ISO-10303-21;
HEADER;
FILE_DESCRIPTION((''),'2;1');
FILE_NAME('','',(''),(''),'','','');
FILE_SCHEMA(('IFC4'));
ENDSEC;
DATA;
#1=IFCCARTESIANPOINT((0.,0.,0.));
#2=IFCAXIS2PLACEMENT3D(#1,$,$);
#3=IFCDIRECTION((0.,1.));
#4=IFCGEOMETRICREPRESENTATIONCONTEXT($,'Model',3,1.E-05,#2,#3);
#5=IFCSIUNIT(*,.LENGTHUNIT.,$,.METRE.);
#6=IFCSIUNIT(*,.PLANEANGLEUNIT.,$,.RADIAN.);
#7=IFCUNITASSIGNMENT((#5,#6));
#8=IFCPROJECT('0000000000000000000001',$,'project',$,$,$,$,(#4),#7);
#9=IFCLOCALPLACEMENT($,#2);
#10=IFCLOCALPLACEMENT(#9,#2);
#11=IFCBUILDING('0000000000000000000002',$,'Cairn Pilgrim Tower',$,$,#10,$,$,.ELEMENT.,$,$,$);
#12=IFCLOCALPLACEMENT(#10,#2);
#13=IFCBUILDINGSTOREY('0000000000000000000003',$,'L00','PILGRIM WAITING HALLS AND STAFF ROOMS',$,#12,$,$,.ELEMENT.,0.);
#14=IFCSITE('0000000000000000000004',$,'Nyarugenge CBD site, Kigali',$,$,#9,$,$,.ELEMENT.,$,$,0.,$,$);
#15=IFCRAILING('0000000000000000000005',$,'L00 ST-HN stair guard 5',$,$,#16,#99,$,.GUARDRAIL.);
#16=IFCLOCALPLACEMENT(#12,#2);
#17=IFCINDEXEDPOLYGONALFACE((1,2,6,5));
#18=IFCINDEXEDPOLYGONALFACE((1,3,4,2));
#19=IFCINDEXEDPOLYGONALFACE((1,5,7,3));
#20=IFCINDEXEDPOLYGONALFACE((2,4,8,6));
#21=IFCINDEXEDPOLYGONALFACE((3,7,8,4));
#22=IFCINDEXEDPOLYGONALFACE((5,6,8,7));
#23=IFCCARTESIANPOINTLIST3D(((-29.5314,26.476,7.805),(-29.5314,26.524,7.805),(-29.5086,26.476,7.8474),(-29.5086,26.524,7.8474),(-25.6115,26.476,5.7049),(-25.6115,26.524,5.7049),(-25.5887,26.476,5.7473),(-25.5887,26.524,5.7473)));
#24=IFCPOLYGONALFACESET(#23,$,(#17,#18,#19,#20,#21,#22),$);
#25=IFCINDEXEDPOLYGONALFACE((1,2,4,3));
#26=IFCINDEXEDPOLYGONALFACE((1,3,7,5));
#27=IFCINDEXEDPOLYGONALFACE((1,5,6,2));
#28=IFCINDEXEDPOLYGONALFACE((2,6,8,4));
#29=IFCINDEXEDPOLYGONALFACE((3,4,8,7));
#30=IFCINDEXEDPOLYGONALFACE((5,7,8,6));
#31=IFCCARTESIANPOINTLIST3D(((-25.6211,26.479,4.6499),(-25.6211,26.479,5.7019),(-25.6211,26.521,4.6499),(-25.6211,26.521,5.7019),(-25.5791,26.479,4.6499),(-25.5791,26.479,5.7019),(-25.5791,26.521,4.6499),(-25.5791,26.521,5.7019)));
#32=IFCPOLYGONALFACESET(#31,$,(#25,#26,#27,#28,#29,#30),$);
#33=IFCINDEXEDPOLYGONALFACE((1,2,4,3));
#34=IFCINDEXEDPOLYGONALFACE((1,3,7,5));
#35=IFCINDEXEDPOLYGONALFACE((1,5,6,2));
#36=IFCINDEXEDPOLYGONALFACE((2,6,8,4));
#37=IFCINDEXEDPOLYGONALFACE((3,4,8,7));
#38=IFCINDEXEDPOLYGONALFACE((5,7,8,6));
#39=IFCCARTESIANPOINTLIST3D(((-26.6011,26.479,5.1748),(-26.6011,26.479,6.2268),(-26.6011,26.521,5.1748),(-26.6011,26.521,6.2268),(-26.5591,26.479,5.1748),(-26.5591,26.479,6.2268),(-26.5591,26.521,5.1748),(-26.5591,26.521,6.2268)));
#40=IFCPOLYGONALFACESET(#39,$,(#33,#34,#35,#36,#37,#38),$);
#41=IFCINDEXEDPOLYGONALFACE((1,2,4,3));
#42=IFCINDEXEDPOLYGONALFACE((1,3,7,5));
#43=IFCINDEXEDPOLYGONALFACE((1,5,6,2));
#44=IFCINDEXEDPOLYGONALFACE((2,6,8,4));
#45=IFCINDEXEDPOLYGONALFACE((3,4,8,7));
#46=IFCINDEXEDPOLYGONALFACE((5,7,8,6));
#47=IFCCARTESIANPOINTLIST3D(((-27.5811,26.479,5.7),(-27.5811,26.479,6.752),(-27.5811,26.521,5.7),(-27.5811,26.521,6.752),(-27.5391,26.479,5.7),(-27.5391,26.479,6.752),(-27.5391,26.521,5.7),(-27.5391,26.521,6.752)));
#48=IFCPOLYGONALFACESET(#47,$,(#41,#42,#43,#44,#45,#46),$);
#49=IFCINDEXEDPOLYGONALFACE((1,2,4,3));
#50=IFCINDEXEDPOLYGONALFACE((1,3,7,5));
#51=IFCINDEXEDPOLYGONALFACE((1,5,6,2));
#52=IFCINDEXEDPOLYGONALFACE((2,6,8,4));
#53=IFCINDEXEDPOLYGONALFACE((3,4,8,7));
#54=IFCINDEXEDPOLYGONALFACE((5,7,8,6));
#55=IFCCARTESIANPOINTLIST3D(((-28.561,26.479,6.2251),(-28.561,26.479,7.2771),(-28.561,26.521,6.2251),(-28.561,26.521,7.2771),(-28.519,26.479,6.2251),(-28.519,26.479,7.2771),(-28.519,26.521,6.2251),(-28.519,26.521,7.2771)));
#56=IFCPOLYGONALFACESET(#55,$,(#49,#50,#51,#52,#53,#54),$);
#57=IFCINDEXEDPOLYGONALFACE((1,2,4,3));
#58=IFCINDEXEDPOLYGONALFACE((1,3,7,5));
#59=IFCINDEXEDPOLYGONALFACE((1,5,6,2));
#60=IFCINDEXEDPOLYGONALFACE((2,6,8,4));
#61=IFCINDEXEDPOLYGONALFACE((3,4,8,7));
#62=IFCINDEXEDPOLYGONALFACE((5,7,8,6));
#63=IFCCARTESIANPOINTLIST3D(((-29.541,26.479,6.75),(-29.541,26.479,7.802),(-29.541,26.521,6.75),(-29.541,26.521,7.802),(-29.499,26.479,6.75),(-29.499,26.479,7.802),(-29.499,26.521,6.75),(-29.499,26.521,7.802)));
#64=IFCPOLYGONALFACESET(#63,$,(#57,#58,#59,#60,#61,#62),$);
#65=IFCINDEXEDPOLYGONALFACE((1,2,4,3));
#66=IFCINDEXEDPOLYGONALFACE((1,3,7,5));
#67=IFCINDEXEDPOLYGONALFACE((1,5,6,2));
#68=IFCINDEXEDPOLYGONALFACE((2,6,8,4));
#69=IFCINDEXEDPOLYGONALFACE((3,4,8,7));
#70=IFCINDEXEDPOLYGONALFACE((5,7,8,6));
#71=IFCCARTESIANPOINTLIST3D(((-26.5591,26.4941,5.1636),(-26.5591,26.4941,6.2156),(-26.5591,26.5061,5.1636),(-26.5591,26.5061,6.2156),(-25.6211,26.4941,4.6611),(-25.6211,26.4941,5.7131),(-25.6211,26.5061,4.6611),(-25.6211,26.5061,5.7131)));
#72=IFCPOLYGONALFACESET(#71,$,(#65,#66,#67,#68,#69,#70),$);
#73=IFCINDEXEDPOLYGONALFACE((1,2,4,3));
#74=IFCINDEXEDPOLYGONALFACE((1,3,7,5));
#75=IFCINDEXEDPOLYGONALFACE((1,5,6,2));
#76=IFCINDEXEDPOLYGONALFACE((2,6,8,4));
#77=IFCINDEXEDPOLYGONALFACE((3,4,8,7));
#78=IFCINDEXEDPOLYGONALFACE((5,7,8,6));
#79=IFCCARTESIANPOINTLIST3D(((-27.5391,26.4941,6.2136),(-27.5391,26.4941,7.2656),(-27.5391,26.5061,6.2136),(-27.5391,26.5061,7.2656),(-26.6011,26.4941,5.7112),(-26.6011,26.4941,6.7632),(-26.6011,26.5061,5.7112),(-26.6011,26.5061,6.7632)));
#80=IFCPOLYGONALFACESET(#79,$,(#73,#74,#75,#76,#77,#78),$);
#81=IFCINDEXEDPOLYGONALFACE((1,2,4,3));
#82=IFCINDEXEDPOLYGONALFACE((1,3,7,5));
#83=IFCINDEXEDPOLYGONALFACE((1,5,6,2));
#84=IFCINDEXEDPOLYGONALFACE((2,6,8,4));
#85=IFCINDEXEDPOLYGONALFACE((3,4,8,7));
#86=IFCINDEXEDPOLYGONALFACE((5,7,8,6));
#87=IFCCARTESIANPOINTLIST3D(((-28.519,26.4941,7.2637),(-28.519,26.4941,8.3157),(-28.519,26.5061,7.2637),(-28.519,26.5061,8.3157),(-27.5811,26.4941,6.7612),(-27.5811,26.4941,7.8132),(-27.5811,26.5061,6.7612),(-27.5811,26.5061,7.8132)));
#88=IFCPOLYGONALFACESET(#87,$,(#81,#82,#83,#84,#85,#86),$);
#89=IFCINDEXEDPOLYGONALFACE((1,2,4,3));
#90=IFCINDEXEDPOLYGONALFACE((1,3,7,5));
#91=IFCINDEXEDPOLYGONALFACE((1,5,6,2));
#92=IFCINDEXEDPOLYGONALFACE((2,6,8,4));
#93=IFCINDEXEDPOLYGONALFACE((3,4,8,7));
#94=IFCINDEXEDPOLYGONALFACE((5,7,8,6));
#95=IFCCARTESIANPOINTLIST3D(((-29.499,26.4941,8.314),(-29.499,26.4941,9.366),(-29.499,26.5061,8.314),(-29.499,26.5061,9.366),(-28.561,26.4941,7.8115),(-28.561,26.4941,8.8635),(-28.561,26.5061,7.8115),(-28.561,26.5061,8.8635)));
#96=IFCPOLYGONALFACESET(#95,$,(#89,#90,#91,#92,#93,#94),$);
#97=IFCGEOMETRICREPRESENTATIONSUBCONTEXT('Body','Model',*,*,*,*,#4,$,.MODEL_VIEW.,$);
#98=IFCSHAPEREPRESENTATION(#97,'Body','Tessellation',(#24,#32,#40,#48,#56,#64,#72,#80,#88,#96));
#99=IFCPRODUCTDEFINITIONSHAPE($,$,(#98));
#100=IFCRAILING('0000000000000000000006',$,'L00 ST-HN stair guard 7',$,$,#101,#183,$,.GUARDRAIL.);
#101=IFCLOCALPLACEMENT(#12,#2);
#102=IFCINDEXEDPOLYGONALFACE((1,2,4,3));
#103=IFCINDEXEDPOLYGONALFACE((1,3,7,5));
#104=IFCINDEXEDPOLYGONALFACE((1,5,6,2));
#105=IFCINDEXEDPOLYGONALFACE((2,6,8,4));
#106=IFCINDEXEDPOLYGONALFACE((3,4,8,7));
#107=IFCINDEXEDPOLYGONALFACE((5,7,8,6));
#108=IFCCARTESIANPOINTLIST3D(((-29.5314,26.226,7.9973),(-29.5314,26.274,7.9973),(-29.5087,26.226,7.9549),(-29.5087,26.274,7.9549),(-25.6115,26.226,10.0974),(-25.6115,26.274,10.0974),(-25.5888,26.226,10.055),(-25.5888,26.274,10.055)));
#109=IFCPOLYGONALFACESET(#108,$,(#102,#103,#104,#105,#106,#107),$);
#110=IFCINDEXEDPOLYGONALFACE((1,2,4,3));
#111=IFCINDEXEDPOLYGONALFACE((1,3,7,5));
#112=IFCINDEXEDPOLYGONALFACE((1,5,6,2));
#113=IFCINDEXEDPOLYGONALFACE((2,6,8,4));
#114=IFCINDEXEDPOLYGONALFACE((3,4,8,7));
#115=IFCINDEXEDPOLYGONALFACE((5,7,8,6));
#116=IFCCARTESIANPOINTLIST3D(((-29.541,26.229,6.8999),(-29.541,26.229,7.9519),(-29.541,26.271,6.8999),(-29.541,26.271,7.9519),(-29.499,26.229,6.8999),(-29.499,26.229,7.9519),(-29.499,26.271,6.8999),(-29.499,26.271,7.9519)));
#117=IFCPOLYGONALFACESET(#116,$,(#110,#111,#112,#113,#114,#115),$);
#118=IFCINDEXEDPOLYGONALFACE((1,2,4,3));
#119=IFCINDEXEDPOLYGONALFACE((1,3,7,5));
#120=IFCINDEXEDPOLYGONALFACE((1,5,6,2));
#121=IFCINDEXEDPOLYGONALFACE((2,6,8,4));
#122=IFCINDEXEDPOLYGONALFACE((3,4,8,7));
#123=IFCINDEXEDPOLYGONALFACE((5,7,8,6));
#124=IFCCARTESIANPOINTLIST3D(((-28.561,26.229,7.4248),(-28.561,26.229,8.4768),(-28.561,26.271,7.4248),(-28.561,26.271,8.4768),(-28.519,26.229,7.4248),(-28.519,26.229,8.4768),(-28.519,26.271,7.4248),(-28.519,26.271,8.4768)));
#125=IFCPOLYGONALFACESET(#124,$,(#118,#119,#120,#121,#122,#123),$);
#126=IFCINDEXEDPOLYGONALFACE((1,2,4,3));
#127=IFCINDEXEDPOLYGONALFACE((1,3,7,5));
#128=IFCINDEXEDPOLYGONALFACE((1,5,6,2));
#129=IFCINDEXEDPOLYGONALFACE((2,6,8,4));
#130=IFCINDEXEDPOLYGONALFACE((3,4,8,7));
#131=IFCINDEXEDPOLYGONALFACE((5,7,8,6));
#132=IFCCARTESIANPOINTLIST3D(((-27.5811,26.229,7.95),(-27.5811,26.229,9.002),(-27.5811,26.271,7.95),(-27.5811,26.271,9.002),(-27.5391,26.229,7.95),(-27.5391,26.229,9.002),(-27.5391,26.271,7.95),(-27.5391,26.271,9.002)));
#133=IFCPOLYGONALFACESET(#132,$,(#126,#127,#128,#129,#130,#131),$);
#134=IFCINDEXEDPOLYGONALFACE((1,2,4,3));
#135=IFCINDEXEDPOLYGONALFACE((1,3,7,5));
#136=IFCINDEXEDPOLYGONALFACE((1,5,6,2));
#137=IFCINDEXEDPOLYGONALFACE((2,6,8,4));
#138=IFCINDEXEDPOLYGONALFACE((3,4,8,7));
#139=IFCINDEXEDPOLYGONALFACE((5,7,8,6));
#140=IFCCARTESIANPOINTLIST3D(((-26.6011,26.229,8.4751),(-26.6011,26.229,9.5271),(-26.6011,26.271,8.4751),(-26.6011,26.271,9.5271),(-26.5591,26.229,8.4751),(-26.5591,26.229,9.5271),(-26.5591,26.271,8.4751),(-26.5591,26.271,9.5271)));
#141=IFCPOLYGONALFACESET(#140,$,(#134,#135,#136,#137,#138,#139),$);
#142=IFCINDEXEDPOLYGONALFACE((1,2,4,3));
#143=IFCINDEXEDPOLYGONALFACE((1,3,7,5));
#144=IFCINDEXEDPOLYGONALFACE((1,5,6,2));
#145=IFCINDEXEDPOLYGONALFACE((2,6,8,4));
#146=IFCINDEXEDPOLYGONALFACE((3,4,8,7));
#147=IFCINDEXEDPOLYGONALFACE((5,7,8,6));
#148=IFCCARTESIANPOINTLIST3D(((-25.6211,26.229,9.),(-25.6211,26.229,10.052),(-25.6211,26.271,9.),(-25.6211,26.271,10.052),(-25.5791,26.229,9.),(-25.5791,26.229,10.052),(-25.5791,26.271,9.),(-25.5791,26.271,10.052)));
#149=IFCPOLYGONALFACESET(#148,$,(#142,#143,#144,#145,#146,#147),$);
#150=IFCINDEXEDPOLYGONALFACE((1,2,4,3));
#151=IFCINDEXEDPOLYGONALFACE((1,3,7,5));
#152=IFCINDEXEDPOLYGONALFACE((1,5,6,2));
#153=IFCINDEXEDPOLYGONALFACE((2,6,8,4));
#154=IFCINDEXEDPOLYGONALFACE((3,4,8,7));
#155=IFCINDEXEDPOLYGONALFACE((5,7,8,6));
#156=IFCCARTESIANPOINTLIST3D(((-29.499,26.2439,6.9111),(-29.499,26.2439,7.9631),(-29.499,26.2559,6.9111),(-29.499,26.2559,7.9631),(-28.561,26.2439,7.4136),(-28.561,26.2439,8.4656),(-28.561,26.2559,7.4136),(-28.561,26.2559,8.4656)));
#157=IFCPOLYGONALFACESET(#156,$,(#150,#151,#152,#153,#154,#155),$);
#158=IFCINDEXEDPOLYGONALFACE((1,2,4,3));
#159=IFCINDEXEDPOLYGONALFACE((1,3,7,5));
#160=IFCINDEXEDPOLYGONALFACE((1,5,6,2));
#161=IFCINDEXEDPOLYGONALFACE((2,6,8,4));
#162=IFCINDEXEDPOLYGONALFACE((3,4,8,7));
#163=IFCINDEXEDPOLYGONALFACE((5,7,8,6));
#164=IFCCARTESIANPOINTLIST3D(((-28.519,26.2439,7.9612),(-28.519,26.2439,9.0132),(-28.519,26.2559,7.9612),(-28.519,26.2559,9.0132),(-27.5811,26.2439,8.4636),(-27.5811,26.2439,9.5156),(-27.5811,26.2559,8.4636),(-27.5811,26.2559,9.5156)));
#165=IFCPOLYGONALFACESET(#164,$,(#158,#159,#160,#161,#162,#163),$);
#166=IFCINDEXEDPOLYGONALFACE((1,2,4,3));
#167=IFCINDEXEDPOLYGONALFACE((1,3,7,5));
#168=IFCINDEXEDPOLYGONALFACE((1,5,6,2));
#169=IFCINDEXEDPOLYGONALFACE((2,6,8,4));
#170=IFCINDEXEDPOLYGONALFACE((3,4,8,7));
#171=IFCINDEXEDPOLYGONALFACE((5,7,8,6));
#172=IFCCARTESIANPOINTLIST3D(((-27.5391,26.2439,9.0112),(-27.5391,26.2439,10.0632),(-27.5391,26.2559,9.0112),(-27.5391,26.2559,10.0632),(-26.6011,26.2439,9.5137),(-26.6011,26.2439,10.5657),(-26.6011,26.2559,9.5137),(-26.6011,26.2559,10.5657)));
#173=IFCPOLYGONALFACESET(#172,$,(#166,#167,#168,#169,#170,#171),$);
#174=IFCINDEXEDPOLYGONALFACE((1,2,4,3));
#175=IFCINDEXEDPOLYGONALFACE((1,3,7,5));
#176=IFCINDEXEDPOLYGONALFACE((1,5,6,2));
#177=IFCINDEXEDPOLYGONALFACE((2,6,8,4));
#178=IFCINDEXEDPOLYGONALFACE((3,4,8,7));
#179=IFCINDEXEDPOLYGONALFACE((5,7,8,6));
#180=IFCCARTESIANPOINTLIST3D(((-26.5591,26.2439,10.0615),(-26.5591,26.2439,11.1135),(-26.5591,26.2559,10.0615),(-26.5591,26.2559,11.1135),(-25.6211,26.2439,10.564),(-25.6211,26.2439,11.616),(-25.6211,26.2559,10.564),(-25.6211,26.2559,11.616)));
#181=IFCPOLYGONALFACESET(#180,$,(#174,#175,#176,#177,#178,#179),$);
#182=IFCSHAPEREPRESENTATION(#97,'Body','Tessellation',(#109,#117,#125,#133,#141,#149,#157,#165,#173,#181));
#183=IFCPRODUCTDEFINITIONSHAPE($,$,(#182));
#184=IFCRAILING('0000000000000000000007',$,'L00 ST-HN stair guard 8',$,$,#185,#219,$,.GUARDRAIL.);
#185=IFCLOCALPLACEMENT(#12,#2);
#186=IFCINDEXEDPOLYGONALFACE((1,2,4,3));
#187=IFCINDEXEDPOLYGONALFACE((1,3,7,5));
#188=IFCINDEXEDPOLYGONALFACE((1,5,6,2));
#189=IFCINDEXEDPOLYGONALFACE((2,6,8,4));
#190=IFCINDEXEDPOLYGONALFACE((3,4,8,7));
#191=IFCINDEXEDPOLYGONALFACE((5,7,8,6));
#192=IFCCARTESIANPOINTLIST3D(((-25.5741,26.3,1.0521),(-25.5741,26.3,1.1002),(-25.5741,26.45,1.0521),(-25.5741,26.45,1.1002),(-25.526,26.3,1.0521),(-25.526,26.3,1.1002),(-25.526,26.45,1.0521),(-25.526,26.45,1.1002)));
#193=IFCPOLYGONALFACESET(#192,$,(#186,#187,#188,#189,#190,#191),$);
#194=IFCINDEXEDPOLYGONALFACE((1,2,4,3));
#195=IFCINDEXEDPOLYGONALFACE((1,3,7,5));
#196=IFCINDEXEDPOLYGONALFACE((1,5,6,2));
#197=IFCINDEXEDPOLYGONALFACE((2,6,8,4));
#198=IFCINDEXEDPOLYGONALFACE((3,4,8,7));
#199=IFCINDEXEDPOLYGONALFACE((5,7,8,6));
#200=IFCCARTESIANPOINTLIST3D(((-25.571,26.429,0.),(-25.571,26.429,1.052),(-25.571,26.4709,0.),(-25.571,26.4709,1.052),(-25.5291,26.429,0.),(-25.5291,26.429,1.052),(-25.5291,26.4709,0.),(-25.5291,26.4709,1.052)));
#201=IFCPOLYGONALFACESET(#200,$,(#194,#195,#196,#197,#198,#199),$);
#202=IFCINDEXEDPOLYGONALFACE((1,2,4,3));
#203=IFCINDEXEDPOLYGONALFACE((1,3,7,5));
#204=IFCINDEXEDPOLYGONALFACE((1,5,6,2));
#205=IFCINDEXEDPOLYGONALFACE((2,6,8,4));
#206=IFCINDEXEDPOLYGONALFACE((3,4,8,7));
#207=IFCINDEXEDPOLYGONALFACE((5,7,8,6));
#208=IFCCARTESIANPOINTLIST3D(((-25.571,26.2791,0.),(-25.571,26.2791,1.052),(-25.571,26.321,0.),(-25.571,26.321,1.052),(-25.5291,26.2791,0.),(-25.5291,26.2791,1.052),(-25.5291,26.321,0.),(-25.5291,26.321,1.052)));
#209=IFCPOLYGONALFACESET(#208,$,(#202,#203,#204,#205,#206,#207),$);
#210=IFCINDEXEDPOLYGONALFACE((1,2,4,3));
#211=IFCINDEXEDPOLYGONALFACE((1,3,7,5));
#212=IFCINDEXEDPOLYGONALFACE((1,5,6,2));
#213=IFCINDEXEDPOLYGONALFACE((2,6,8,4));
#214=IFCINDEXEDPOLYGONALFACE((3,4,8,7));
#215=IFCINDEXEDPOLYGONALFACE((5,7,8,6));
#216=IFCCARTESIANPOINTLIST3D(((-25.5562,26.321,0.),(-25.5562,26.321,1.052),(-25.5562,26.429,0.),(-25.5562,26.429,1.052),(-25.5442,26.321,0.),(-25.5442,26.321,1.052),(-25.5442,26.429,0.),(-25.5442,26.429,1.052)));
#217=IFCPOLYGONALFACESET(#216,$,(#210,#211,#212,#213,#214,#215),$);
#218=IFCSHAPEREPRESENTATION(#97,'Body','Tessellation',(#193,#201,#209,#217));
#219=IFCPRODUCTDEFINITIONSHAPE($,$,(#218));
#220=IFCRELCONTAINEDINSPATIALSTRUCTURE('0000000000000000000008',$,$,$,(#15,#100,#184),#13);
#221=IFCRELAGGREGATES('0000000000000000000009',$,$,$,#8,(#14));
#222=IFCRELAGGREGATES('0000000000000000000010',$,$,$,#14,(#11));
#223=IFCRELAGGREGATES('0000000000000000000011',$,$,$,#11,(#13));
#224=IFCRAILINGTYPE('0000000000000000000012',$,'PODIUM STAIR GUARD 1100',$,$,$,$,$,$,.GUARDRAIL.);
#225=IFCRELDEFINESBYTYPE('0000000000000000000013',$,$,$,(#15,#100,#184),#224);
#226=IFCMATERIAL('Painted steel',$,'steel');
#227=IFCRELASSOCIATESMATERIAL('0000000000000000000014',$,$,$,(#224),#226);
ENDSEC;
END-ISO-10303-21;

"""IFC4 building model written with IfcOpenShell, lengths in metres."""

from ifc_helpers import new_model, si_unit, direction, frame, origin, origin_2d, place, context, subcontext, project, spatial, polyline, rectangle, outline, extrude, material, type_object, element, save


model = new_model("IFC4")

# Units and contexts
model_context = context("Model", 3, precision=1e-05, world=origin(), true_north=direction((0.0, 1.0)))
body_context = subcontext(model_context, "Body", "Model", "MODEL_VIEW")
ifc_project = project(units=[si_unit("LENGTHUNIT", "METRE"), si_unit("PLANEANGLEUNIT", "RADIAN")], contexts=[model_context])

# Site, building, storey
site_placement = place(None, origin())
site = spatial("IfcSite", under=ifc_project, at=site_placement, Name="Nyarugenge CBD site, Kigali", CompositionType="ELEMENT", RefElevation=0.0)
building_placement = place(site_placement, origin())
building = spatial("IfcBuilding", under=site, at=building_placement, Name="Cairn Pilgrim Tower", CompositionType="ELEMENT")
storey_placement = place(building_placement, origin())
storey = spatial("IfcBuildingStorey", under=building, at=storey_placement, Name="L00", Description="PILGRIM WAITING HALLS AND STAFF ROOMS", CompositionType="ELEMENT", Elevation=0.0)

# Railings
ifc_material_1 = material(Name="Painted steel", Category="steel")
railing_type_1 = type_object("IfcRailingType", Name="PODIUM STAIR GUARD 1100", PredefinedType="GUARDRAIL", material=ifc_material_1)
railing_1_placement = place(storey_placement, frame((-25.6001, 26.5, 4.6499)))
element("IfcRailing", 1, at=railing_1_placement, inside=storey, type_object=railing_type_1, Name="L00 ST-HN stair guard 5", PredefinedType="GUARDRAIL", context=body_context, shape_type="SweptSolid", body=[
    extrude(rectangle(XDim=0.0481, YDim=0.0481, at=origin_2d()), frame((0.0, 0.0, 1.0762), z_axis=(-0.881467, 0.0, 0.472246), x_axis=(0.0, -1.0, 0.0)), (0.0, 0.0, 1.0), 4.447),
    extrude(rectangle(XDim=0.042, YDim=0.042, at=origin_2d()), origin(), (0.0, 0.0, 1.0), 1.052),
    extrude(rectangle(XDim=0.042, YDim=0.042, at=origin_2d()), frame((-0.98, 0.0, 0.5249)), (0.0, 0.0, 1.0), 1.052),
    extrude(rectangle(XDim=0.042, YDim=0.042, at=origin_2d()), frame((-1.96, 0.0, 1.05)), (0.0, 0.0, 1.0), 1.052),
    extrude(rectangle(XDim=0.042, YDim=0.042, at=origin_2d()), frame((-2.9399, 0.0, 1.5752)), (0.0, 0.0, 1.0), 1.052),
    extrude(rectangle(XDim=0.042, YDim=0.042, at=origin_2d()), frame((-3.9199, 0.0, 2.1001)), (0.0, 0.0, 1.0), 1.052),
    extrude(outline(polyline([(0.021, 0.0112), (0.959, 0.5137), (0.959, 1.5657), (0.021, 1.0632), (0.021, 0.0112)])), frame((0.0, -0.0059, 0.0), z_axis=(0.0, 1.0, 0.0), x_axis=(-1.0, 0.0, 0.0)), (0.0, 0.0, 1.0), 0.012),
    extrude(outline(polyline([(0.021, 0.5364), (0.959, 1.0388), (0.959, 2.0908), (0.021, 1.5884), (0.021, 0.5364)])), frame((-0.98, -0.0059, 0.5249), z_axis=(0.0, 1.0, 0.0), x_axis=(-1.0, 0.0, 0.0)), (0.0, 0.0, 1.0), 0.012),
    extrude(outline(polyline([(0.021, 1.0613), (0.959, 1.5637), (0.959, 2.6157), (0.021, 2.1133), (0.021, 1.0613)])), frame((-1.96, -0.0059, 1.05), z_axis=(0.0, 1.0, 0.0), x_axis=(-1.0, 0.0, 0.0)), (0.0, 0.0, 1.0), 0.012),
    extrude(outline(polyline([(0.021, 1.5864), (0.959, 2.0889), (0.959, 3.1409), (0.021, 2.6384), (0.021, 1.5864)])), frame((-2.9399, -0.0059, 1.5752), z_axis=(0.0, 1.0, 0.0), x_axis=(-1.0, 0.0, 0.0)), (0.0, 0.0, 1.0), 0.012),
])
railing_2_placement = place(storey_placement, frame((-29.52, 26.25, 6.8999)))
element("IfcRailing", 2, at=railing_2_placement, inside=storey, type_object=railing_type_1, Name="L00 ST-HN stair guard 7", PredefinedType="GUARDRAIL", context=body_context, shape_type="SweptSolid", body=[
    extrude(rectangle(XDim=0.0481, YDim=0.0481, at=origin_2d()), frame((0.0, 0.0, 1.0762), z_axis=(0.881467, 0.0, 0.472246), x_axis=(0.0, 1.0, 0.0)), (0.0, 0.0, 1.0), 4.447),
    extrude(rectangle(XDim=0.042, YDim=0.042, at=origin_2d()), origin(), (0.0, 0.0, 1.0), 1.052),
    extrude(rectangle(XDim=0.042, YDim=0.042, at=origin_2d()), frame((0.98, 0.0, 0.5249)), (0.0, 0.0, 1.0), 1.052),
    extrude(rectangle(XDim=0.042, YDim=0.042, at=origin_2d()), frame((1.96, 0.0, 1.05)), (0.0, 0.0, 1.0), 1.052),
    extrude(rectangle(XDim=0.042, YDim=0.042, at=origin_2d()), frame((2.9399, 0.0, 1.5752)), (0.0, 0.0, 1.0), 1.052),
    extrude(rectangle(XDim=0.042, YDim=0.042, at=origin_2d()), frame((3.9199, 0.0, 2.1001)), (0.0, 0.0, 1.0), 1.052),
    extrude(outline(polyline([(0.021, 0.0112), (0.959, 0.5137), (0.959, 1.5657), (0.021, 1.0632), (0.021, 0.0112)])), frame((0.0, 0.0059, 0.0), z_axis=(0.0, -1.0, 0.0), x_axis=(1.0, 0.0, 0.0)), (0.0, 0.0, 1.0), 0.012),
    extrude(outline(polyline([(0.021, 0.5364), (0.959, 1.0388), (0.959, 2.0908), (0.021, 1.5884), (0.021, 0.5364)])), frame((0.98, 0.0059, 0.5249), z_axis=(0.0, -1.0, 0.0), x_axis=(1.0, 0.0, 0.0)), (0.0, 0.0, 1.0), 0.012),
    extrude(outline(polyline([(0.021, 1.0613), (0.959, 1.5637), (0.959, 2.6157), (0.021, 2.1133), (0.021, 1.0613)])), frame((1.96, 0.0059, 1.05), z_axis=(0.0, -1.0, 0.0), x_axis=(1.0, 0.0, 0.0)), (0.0, 0.0, 1.0), 0.012),
    extrude(outline(polyline([(0.021, 1.5864), (0.959, 2.0889), (0.959, 3.1409), (0.021, 2.6384), (0.021, 1.5864)])), frame((2.9399, 0.0059, 1.5752), z_axis=(0.0, -1.0, 0.0), x_axis=(1.0, 0.0, 0.0)), (0.0, 0.0, 1.0), 0.012),
])
railing_3_placement = place(storey_placement, frame((-25.55, 26.45, 0.0)))
element("IfcRailing", 3, at=railing_3_placement, inside=storey, type_object=railing_type_1, Name="L00 ST-HN stair guard 8", PredefinedType="GUARDRAIL", context=body_context, shape_type="SweptSolid", body=[
    extrude(rectangle(XDim=0.0481, YDim=0.0481, at=origin_2d()), frame((0.0, 0.0, 1.0762), z_axis=(0.0, -1.0, 0.0), x_axis=(1.0, 0.0, 0.0)), (0.0, 0.0, 1.0), 0.1499),
    extrude(rectangle(XDim=0.042, YDim=0.042, at=origin_2d()), origin(), (0.0, 0.0, 1.0), 1.052),
    extrude(rectangle(XDim=0.042, YDim=0.042, at=origin_2d()), frame((0.0, -0.1499, 0.0)), (0.0, 0.0, 1.0), 1.052),
    extrude(outline(polyline([(0.021, 0.0), (0.1289, 0.0), (0.1289, 1.052), (0.021, 1.052), (0.021, 0.0)])), frame((0.0059, 0.0, 0.0), z_axis=(-1.0, 0.0, 0.0), x_axis=(0.0, -1.0, 0.0)), (0.0, 0.0, 1.0), 0.012),
])

save(model, "model.ifc")
